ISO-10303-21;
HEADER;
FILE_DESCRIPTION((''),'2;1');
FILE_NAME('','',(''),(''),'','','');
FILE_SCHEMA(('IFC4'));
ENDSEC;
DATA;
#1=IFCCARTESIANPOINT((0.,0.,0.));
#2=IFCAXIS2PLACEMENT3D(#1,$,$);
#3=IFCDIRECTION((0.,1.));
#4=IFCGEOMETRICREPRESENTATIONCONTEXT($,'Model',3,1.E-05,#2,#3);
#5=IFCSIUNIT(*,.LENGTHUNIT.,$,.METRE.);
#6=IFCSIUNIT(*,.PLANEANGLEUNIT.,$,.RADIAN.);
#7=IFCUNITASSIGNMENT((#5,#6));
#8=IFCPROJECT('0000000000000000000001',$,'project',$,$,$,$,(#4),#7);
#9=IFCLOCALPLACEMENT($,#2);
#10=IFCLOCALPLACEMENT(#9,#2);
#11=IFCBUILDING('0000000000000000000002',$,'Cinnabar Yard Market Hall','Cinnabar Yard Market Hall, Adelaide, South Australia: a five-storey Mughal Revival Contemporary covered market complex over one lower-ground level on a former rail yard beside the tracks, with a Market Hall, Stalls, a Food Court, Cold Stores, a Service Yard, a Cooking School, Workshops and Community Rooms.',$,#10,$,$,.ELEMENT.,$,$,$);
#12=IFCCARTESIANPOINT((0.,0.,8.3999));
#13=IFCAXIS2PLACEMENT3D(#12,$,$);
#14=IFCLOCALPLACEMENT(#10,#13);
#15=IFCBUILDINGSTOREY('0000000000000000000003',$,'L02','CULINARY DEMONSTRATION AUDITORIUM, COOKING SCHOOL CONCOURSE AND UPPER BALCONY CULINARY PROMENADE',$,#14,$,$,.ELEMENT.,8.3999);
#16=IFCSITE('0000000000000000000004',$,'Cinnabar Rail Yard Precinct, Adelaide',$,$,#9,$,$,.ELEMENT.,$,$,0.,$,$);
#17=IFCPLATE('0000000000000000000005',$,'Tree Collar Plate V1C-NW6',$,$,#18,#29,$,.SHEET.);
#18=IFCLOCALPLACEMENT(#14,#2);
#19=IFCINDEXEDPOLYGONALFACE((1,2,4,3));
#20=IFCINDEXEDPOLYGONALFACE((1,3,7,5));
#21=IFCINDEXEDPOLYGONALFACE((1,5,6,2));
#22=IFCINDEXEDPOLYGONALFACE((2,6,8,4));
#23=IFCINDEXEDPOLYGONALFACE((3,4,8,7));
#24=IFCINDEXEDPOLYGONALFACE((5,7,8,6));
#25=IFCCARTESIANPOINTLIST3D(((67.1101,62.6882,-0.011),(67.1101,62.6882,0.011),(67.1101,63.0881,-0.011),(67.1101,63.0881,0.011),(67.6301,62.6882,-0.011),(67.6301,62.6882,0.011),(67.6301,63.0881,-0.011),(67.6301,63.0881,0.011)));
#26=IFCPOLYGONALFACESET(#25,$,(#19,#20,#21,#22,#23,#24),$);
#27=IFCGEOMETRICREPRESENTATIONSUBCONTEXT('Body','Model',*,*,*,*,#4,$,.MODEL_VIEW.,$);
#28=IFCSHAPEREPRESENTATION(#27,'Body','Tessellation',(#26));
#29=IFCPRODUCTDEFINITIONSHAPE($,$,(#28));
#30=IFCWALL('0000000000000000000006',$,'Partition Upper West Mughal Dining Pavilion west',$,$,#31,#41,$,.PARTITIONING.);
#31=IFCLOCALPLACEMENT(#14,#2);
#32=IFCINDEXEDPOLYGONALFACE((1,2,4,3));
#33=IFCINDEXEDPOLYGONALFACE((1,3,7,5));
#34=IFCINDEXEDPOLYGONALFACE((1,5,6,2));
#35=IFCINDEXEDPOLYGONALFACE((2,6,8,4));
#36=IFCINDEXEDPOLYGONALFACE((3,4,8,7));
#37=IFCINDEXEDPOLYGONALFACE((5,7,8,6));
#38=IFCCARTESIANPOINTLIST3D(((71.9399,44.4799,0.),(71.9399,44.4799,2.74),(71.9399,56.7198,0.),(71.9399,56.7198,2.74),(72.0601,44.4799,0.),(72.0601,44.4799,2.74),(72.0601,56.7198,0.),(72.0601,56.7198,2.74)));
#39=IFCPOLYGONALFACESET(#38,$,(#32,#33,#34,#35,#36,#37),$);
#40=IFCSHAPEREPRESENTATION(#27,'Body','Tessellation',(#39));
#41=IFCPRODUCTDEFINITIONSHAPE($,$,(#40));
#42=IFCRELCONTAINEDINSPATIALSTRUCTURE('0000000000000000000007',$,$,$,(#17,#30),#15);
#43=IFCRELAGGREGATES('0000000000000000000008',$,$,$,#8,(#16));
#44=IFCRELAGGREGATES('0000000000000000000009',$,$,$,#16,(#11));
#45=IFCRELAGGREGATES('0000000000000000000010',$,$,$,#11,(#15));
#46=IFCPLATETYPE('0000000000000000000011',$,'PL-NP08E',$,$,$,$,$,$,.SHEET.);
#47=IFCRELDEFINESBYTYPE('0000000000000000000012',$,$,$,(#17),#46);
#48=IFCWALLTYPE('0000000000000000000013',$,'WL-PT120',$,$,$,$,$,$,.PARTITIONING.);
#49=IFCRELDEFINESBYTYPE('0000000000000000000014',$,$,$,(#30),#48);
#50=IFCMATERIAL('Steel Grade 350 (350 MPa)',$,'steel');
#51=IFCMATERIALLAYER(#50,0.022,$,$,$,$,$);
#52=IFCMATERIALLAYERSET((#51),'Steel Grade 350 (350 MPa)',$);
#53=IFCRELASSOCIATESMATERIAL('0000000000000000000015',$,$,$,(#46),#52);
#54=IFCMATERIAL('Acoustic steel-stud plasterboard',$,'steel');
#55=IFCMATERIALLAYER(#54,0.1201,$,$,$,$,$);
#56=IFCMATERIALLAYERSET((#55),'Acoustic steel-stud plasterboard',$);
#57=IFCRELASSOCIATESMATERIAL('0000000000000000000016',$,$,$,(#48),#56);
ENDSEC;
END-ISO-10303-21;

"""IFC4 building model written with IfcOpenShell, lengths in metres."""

from ifc_helpers import new_model, si_unit, direction, frame, frame_2d, origin, origin_2d_with_axis, place, context, subcontext, project, spatial, rectangle, extrude, material, layer, layer_set, type_object, element, save


model = new_model("IFC4")

# Units and contexts
model_context = context("Model", 3, precision=1e-05, world=origin(), true_north=direction((0.0, 1.0)))
body_context = subcontext(model_context, "Body", "Model", "MODEL_VIEW")
ifc_project = project(units=[si_unit("LENGTHUNIT", "METRE"), si_unit("PLANEANGLEUNIT", "RADIAN")], contexts=[model_context])

# Site, building, storey
site_placement = place(None, origin())
site = spatial("IfcSite", under=ifc_project, at=site_placement, Name="Cinnabar Rail Yard Precinct, Adelaide", CompositionType="ELEMENT", RefElevation=0.0)
building_placement = place(site_placement, origin())
building = spatial("IfcBuilding", under=site, at=building_placement, Name="Cinnabar Yard Market Hall", Description="Cinnabar Yard Market Hall, Adelaide, South Australia: a five-storey Mughal Revival Contemporary covered market complex over one lower-ground level on a former rail yard beside the tracks, with a Market Hall, Stalls, a Food Court, Cold Stores, a Service Yard, a Cooking School, Workshops and Community Rooms.", CompositionType="ELEMENT")
storey_placement = place(building_placement, frame((0.0, 0.0, 8.3999)))
storey = spatial("IfcBuildingStorey", under=building, at=storey_placement, Name="L02", Description="CULINARY DEMONSTRATION AUDITORIUM, COOKING SCHOOL CONCOURSE AND UPPER BALCONY CULINARY PROMENADE", CompositionType="ELEMENT", Elevation=8.3999)

# Plate
ifc_material_1 = material(Name="Steel Grade 350 (350 MPa)", Category="steel")
ifc_layer_1 = layer(ifc_material_1, 0.022)
ifc_layer_set_1 = layer_set([ifc_layer_1], Name="Steel Grade 350 (350 MPa)")
plate_type_1 = type_object("IfcPlateType", Name="PL-NP08E", PredefinedType="SHEET", material=ifc_layer_set_1)
plate_1_placement = place(storey_placement, frame((67.3701, 62.8882, -0.011), z_axis=(0.0, 0.0, 1.0), x_axis=(1.0, 0.0, 0.0)))
element("IfcPlate", 1, at=plate_1_placement, inside=storey, type_object=plate_type_1, Name="Tree Collar Plate V1C-NW6", PredefinedType="SHEET", context=body_context, shape_type="SweptSolid", body=[
    extrude(rectangle(XDim=0.52, YDim=0.3999, at=origin_2d_with_axis()), origin(), (0.0, 0.0, 1.0), 0.022),
])

# Wall
ifc_material_2 = material(Name="Acoustic steel-stud plasterboard", Category="steel")
ifc_layer_2 = layer(ifc_material_2, 0.1201)
ifc_layer_set_2 = layer_set([ifc_layer_2], Name="Acoustic steel-stud plasterboard")
wall_type = type_object("IfcWallType", Name="WL-PT120", PredefinedType="PARTITIONING", material=ifc_layer_set_2)
wall_placement = place(storey_placement, frame((72.0, 56.72, 0.0), z_axis=(0.0, 0.0, 1.0), x_axis=(0.0, -1.0, 0.0)))
element("IfcWall", 2, at=wall_placement, inside=storey, type_object=wall_type, Name="Partition Upper West Mughal Dining Pavilion west", PredefinedType="PARTITIONING", context=body_context, shape_type="SweptSolid", body=[
    extrude(rectangle(XDim=12.24, YDim=0.1201, at=frame_2d((6.1201, 0.0), x_axis=(1.0, 0.0))), origin(), (0.0, 0.0, 1.0), 2.74),
])

save(model, "model.ifc")
